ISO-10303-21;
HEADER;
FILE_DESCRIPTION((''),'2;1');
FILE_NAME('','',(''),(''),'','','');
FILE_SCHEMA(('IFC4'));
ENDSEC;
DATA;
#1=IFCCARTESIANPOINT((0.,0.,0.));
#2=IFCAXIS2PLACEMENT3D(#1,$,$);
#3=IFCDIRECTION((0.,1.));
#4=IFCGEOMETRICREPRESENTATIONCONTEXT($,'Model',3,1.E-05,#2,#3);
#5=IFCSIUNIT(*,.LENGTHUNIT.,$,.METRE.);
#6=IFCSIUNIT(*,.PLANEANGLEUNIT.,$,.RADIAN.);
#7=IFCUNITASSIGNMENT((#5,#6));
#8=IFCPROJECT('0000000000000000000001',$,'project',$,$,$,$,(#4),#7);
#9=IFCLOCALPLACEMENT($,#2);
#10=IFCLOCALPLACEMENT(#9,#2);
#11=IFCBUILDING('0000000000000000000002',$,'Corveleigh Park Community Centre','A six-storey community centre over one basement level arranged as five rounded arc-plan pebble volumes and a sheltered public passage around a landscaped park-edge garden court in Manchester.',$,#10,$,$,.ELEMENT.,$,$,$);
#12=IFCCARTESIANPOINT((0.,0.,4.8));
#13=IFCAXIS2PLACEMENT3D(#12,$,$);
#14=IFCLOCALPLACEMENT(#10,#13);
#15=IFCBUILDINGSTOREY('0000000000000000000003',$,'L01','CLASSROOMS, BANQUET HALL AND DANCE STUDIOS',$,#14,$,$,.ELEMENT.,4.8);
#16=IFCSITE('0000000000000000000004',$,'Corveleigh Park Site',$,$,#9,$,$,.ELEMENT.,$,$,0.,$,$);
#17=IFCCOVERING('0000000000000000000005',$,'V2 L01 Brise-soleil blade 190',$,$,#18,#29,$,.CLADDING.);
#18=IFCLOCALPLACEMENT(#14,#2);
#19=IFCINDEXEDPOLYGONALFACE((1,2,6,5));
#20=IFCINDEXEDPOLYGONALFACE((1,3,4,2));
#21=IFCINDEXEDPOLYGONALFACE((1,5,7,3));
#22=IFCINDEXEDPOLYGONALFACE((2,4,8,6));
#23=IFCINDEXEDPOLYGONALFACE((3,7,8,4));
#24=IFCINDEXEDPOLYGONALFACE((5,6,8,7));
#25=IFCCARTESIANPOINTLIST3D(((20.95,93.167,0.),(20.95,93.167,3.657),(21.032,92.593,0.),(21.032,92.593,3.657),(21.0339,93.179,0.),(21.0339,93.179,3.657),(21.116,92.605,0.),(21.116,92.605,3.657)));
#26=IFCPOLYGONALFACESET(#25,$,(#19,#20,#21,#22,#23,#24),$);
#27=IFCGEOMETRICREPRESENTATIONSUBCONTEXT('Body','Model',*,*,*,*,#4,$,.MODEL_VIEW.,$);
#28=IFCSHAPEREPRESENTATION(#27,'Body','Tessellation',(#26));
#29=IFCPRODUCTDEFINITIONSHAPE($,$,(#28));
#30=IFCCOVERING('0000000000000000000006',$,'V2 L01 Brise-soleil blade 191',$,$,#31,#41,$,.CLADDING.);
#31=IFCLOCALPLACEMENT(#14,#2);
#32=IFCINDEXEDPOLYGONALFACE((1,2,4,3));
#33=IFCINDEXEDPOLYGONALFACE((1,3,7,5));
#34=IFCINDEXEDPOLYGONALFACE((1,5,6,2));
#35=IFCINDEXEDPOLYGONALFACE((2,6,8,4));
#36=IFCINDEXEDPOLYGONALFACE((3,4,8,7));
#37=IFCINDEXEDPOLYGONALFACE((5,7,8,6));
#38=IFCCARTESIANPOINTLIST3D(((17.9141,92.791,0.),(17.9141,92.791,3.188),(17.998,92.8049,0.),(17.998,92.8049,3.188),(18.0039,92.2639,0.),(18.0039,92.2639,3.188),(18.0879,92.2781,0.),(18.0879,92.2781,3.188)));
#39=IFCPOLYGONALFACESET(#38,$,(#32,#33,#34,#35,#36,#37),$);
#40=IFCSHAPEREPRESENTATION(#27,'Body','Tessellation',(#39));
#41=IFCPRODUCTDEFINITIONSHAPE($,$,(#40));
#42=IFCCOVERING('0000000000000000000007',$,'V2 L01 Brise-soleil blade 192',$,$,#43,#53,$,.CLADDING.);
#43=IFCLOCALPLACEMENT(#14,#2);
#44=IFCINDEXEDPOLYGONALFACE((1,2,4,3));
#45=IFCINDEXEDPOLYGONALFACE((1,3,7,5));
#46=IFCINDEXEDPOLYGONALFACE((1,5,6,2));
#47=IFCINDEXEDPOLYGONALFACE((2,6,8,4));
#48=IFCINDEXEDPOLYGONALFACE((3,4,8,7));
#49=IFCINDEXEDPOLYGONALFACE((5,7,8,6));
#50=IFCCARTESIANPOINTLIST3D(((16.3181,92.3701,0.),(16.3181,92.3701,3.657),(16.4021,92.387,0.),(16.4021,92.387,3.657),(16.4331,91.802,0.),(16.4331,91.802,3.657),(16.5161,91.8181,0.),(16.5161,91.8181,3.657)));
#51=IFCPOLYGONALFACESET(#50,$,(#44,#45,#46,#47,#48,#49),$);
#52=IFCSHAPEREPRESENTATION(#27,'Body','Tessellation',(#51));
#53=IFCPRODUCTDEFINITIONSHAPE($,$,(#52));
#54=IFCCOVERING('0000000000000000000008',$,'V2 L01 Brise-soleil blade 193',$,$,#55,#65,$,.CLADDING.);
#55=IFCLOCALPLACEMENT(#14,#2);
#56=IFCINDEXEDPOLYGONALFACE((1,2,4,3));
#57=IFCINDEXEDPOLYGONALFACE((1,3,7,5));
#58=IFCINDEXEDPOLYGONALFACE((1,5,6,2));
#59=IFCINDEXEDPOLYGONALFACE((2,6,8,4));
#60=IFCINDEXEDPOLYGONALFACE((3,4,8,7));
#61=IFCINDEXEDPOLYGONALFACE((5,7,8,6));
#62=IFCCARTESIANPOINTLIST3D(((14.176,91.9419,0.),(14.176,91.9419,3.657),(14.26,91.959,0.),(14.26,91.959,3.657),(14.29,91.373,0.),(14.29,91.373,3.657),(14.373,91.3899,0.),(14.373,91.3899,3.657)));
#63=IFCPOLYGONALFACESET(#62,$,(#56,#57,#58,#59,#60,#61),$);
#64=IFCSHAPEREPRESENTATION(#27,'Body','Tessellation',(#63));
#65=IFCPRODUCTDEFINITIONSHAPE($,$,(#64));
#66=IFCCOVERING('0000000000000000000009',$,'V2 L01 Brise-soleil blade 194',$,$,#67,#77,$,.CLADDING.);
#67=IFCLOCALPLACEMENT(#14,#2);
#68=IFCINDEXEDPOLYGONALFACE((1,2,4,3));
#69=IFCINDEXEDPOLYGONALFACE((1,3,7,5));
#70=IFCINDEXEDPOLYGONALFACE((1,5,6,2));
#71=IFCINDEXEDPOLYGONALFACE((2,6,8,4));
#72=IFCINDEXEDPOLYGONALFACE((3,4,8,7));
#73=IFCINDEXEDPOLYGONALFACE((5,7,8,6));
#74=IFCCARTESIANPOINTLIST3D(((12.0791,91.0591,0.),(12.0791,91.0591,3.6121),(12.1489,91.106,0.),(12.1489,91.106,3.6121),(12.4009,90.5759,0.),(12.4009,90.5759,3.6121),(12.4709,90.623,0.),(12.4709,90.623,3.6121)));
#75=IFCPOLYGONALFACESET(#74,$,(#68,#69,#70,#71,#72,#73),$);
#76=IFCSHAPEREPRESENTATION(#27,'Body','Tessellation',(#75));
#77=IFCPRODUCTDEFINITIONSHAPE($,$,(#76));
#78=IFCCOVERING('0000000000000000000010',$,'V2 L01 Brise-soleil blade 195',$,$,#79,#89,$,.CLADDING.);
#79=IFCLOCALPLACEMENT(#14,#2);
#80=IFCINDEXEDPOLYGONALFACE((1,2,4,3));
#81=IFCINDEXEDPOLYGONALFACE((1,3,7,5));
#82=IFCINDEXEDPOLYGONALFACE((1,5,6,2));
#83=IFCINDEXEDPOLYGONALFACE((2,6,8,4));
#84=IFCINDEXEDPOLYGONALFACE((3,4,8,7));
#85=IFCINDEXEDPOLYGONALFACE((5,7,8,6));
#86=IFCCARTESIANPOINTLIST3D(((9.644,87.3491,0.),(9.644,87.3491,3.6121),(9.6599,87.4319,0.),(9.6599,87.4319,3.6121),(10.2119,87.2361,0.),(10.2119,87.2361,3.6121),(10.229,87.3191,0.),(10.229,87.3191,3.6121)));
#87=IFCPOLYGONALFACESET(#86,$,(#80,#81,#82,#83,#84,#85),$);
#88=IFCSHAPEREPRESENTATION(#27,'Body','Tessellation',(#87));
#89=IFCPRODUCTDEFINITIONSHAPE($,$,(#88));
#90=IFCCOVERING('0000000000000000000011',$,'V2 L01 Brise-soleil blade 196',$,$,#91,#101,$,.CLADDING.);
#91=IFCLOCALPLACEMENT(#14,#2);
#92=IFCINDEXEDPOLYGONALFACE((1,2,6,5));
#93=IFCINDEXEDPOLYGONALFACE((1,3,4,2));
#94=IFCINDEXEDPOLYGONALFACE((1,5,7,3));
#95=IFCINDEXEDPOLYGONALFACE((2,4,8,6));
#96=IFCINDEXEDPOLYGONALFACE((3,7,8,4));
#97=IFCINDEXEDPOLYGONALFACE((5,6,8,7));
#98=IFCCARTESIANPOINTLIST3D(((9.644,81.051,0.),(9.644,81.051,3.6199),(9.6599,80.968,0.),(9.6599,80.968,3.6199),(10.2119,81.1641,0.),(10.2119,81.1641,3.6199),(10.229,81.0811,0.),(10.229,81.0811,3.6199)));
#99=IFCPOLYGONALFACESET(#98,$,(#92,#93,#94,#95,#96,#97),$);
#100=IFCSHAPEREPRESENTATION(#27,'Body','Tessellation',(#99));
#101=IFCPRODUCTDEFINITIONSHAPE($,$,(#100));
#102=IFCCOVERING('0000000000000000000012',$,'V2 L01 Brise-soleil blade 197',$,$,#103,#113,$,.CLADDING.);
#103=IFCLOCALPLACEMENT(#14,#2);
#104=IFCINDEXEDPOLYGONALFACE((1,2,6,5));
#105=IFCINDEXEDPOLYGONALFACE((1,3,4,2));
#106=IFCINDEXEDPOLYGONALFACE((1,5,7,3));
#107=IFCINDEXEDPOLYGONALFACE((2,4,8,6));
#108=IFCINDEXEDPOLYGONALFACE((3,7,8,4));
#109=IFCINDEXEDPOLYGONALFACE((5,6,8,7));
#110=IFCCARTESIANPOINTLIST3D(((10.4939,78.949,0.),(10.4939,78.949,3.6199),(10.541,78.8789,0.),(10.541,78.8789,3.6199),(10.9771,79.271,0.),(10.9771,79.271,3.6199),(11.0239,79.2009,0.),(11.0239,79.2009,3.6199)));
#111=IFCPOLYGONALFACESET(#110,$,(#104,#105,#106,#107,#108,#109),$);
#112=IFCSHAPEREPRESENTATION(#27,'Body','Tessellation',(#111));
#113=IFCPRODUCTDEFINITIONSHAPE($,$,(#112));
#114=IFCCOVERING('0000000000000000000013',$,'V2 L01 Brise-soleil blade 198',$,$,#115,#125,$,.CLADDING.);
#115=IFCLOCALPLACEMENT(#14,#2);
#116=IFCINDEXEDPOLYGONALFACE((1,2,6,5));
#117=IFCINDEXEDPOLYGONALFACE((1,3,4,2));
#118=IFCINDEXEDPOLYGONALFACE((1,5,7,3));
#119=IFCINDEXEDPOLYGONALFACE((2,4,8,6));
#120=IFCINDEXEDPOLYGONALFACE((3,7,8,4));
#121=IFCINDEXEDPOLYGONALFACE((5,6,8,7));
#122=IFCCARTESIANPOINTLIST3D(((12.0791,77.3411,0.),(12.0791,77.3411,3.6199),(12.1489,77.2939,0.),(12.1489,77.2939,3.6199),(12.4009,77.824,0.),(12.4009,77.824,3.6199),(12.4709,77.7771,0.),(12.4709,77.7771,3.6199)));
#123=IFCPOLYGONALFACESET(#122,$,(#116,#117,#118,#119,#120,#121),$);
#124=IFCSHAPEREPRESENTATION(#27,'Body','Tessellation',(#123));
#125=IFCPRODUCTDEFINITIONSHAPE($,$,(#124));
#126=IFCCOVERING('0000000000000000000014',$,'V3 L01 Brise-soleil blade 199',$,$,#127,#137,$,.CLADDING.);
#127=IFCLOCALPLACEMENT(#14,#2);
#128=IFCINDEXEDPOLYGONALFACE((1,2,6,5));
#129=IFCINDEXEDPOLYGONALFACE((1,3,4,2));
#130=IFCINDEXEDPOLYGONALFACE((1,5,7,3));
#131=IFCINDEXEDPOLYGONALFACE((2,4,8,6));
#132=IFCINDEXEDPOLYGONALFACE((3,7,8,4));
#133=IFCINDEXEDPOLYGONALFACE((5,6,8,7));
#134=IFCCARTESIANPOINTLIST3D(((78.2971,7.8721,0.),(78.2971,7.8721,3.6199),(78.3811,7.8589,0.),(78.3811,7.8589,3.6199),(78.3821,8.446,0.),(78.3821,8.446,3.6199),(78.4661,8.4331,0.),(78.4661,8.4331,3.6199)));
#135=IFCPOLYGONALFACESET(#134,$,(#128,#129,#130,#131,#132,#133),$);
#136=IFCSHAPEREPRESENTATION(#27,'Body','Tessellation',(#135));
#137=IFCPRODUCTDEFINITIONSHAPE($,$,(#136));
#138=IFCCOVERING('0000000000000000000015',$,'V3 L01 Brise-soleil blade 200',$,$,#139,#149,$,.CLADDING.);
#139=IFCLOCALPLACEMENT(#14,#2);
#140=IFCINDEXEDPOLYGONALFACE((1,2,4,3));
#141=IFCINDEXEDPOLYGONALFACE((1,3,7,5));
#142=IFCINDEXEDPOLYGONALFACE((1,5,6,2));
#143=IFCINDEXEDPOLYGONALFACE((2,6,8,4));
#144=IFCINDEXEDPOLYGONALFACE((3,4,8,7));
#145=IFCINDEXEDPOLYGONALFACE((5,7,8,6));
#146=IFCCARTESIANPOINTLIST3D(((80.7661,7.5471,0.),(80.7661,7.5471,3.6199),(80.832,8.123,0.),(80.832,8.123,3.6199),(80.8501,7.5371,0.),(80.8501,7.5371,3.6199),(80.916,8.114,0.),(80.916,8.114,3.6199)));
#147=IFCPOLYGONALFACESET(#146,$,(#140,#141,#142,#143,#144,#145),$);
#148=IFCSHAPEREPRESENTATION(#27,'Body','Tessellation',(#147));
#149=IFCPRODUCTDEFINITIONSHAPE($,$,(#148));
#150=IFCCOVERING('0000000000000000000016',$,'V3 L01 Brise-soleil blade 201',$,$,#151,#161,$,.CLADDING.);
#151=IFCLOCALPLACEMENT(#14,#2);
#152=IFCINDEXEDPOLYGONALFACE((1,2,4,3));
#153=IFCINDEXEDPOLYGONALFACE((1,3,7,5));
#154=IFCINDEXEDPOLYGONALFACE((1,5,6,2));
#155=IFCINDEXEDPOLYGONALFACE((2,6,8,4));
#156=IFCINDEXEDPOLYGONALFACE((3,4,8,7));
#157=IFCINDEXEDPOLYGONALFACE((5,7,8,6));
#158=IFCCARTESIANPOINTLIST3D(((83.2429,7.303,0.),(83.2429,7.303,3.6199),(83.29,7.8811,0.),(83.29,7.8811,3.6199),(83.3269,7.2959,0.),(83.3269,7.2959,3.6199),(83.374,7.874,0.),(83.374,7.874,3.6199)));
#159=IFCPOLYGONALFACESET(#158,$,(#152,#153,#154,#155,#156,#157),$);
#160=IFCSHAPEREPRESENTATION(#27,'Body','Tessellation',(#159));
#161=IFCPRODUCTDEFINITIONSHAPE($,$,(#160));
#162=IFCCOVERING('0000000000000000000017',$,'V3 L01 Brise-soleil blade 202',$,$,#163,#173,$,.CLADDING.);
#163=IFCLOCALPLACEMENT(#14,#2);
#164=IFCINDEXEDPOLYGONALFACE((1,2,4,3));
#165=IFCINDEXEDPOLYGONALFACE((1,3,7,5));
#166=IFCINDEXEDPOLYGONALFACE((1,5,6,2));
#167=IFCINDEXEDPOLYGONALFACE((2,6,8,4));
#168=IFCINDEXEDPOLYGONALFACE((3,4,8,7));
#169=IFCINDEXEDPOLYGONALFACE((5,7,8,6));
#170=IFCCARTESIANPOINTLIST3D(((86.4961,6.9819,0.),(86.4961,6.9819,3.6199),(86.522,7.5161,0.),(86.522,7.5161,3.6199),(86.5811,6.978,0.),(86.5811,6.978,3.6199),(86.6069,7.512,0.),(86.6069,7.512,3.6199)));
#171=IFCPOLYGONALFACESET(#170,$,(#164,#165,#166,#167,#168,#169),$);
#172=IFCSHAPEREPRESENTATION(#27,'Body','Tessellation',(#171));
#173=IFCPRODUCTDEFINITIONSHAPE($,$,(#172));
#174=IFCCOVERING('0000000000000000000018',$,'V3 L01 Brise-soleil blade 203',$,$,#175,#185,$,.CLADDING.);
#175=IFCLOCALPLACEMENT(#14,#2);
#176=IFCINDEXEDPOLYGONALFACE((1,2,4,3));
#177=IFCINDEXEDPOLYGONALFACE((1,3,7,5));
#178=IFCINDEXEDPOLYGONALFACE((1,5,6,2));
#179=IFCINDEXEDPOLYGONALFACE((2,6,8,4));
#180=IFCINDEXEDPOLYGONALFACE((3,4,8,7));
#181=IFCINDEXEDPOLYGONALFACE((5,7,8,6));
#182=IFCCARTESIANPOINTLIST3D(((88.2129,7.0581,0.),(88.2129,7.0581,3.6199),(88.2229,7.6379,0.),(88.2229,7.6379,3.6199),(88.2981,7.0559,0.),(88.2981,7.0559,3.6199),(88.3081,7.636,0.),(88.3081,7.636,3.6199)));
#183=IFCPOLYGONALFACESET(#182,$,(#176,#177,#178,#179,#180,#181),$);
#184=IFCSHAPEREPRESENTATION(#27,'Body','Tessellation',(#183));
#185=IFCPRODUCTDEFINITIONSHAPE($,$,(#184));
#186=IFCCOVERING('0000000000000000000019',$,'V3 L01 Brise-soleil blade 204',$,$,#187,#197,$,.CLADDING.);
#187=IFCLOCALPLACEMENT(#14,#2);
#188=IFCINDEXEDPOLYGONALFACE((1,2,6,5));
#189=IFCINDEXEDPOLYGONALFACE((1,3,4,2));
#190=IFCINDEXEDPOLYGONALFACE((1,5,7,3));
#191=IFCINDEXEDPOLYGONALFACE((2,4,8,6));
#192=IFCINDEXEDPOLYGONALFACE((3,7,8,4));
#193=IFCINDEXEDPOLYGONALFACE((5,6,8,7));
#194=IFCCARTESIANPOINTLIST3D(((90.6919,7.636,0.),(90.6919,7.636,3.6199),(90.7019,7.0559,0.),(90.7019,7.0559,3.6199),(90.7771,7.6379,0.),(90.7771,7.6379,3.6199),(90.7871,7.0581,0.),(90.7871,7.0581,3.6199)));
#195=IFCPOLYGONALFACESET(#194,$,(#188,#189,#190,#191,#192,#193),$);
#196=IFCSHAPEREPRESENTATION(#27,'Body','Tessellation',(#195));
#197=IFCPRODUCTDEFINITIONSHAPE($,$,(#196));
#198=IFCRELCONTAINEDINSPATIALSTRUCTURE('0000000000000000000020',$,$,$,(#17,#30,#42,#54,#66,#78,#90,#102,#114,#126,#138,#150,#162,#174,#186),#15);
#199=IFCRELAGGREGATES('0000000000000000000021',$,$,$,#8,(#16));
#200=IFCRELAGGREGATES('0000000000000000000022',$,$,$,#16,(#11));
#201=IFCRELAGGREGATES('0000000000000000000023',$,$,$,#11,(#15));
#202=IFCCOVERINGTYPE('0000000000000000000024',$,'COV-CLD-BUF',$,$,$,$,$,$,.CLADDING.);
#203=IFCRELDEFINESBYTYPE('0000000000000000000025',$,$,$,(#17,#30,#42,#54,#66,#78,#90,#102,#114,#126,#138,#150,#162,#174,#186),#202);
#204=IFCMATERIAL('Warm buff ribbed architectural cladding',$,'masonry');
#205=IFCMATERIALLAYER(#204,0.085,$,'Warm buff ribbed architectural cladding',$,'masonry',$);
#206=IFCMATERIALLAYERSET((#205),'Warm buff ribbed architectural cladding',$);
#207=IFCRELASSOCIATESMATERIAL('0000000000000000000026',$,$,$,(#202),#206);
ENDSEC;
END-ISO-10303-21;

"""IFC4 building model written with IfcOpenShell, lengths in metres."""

from ifc_helpers import new_model, si_unit, direction, frame, origin, place, context, subcontext, project, spatial, polyline, outline, extrude, material, layer, layer_set, type_object, element, save


model = new_model("IFC4")

# Units and contexts
model_context = context("Model", 3, precision=1e-05, world=origin(), true_north=direction((0.0, 1.0)))
body_context = subcontext(model_context, "Body", "Model", "MODEL_VIEW")
ifc_project = project(units=[si_unit("LENGTHUNIT", "METRE"), si_unit("PLANEANGLEUNIT", "RADIAN")], contexts=[model_context])

# Site, building, storey
site_placement = place(None, origin())
site = spatial("IfcSite", under=ifc_project, at=site_placement, Name="Corveleigh Park Site", CompositionType="ELEMENT", RefElevation=0.0)
building_placement = place(site_placement, origin())
building = spatial("IfcBuilding", under=site, at=building_placement, Name="Corveleigh Park Community Centre", Description="A six-storey community centre over one basement level arranged as five rounded arc-plan pebble volumes and a sheltered public passage around a landscaped park-edge garden court in Manchester.", CompositionType="ELEMENT")
storey_placement = place(building_placement, frame((0.0, 0.0, 4.8)))
storey = spatial("IfcBuildingStorey", under=building, at=storey_placement, Name="L01", Description="CLASSROOMS, BANQUET HALL AND DANCE STUDIOS", CompositionType="ELEMENT", Elevation=4.8)

# Coverings
ifc_material = material(Name="Warm buff ribbed architectural cladding", Category="masonry")
ifc_layer = layer(ifc_material, 0.085, Name="Warm buff ribbed architectural cladding", Category="masonry")
ifc_layer_set = layer_set([ifc_layer], Name="Warm buff ribbed architectural cladding")
covering_type = type_object("IfcCoveringType", Name="COV-CLD-BUF", PredefinedType="CLADDING", material=ifc_layer_set)
covering_1_placement = place(storey_placement, origin())
element("IfcCovering", 1, at=covering_1_placement, inside=storey, type_object=covering_type, Name="V2 L01 Brise-soleil blade 190", PredefinedType="CLADDING", context=body_context, shape_type="SweptSolid", body=[
    extrude(outline(polyline([(21.032, 92.593), (21.116, 92.605), (21.0339, 93.179), (20.95, 93.167), (21.032, 92.593)])), origin(), (0.0, 0.0, 1.0), 3.657),
])
covering_2_placement = place(storey_placement, origin())
element("IfcCovering", 2, at=covering_2_placement, inside=storey, type_object=covering_type, Name="V2 L01 Brise-soleil blade 191", PredefinedType="CLADDING", context=body_context, shape_type="SweptSolid", body=[
    extrude(outline(polyline([(18.0039, 92.2639), (18.0879, 92.2781), (17.998, 92.8049), (17.9141, 92.791), (18.0039, 92.2639)])), origin(), (0.0, 0.0, 1.0), 3.188),
])
covering_3_placement = place(storey_placement, origin())
element("IfcCovering", 3, at=covering_3_placement, inside=storey, type_object=covering_type, Name="V2 L01 Brise-soleil blade 192", PredefinedType="CLADDING", context=body_context, shape_type="SweptSolid", body=[
    extrude(outline(polyline([(16.4331, 91.802), (16.5161, 91.8181), (16.4021, 92.387), (16.3181, 92.3701), (16.4331, 91.802)])), origin(), (0.0, 0.0, 1.0), 3.657),
])
covering_4_placement = place(storey_placement, origin())
element("IfcCovering", 4, at=covering_4_placement, inside=storey, type_object=covering_type, Name="V2 L01 Brise-soleil blade 193", PredefinedType="CLADDING", context=body_context, shape_type="SweptSolid", body=[
    extrude(outline(polyline([(14.29, 91.373), (14.373, 91.3899), (14.26, 91.959), (14.176, 91.9419), (14.29, 91.373)])), origin(), (0.0, 0.0, 1.0), 3.657),
])
covering_5_placement = place(storey_placement, origin())
element("IfcCovering", 5, at=covering_5_placement, inside=storey, type_object=covering_type, Name="V2 L01 Brise-soleil blade 194", PredefinedType="CLADDING", context=body_context, shape_type="SweptSolid", body=[
    extrude(outline(polyline([(12.4009, 90.5759), (12.4709, 90.623), (12.1489, 91.106), (12.0791, 91.0591), (12.4009, 90.5759)])), origin(), (0.0, 0.0, 1.0), 3.6121),
])
covering_6_placement = place(storey_placement, origin())
element("IfcCovering", 6, at=covering_6_placement, inside=storey, type_object=covering_type, Name="V2 L01 Brise-soleil blade 195", PredefinedType="CLADDING", context=body_context, shape_type="SweptSolid", body=[
    extrude(outline(polyline([(10.2119, 87.2361), (10.229, 87.3191), (9.6599, 87.4319), (9.644, 87.3491), (10.2119, 87.2361)])), origin(), (0.0, 0.0, 1.0), 3.6121),
])
covering_7_placement = place(storey_placement, origin())
element("IfcCovering", 7, at=covering_7_placement, inside=storey, type_object=covering_type, Name="V2 L01 Brise-soleil blade 196", PredefinedType="CLADDING", context=body_context, shape_type="SweptSolid", body=[
    extrude(outline(polyline([(10.229, 81.0811), (10.2119, 81.1641), (9.644, 81.051), (9.6599, 80.968), (10.229, 81.0811)])), origin(), (0.0, 0.0, 1.0), 3.6199),
])
covering_8_placement = place(storey_placement, origin())
element("IfcCovering", 8, at=covering_8_placement, inside=storey, type_object=covering_type, Name="V2 L01 Brise-soleil blade 197", PredefinedType="CLADDING", context=body_context, shape_type="SweptSolid", body=[
    extrude(outline(polyline([(11.0239, 79.2009), (10.9771, 79.271), (10.4939, 78.949), (10.541, 78.8789), (11.0239, 79.2009)])), origin(), (0.0, 0.0, 1.0), 3.6199),
])
covering_9_placement = place(storey_placement, origin())
element("IfcCovering", 9, at=covering_9_placement, inside=storey, type_object=covering_type, Name="V2 L01 Brise-soleil blade 198", PredefinedType="CLADDING", context=body_context, shape_type="SweptSolid", body=[
    extrude(outline(polyline([(12.4709, 77.7771), (12.4009, 77.824), (12.0791, 77.3411), (12.1489, 77.2939), (12.4709, 77.7771)])), origin(), (0.0, 0.0, 1.0), 3.6199),
])
covering_10_placement = place(storey_placement, origin())
element("IfcCovering", 10, at=covering_10_placement, inside=storey, type_object=covering_type, Name="V3 L01 Brise-soleil blade 199", PredefinedType="CLADDING", context=body_context, shape_type="SweptSolid", body=[
    extrude(outline(polyline([(78.4661, 8.4331), (78.3821, 8.446), (78.2971, 7.8721), (78.3811, 7.8589), (78.4661, 8.4331)])), origin(), (0.0, 0.0, 1.0), 3.6199),
])
covering_11_placement = place(storey_placement, origin())
element("IfcCovering", 11, at=covering_11_placement, inside=storey, type_object=covering_type, Name="V3 L01 Brise-soleil blade 200", PredefinedType="CLADDING", context=body_context, shape_type="SweptSolid", body=[
    extrude(outline(polyline([(80.916, 8.114), (80.832, 8.123), (80.7661, 7.5471), (80.8501, 7.5371), (80.916, 8.114)])), origin(), (0.0, 0.0, 1.0), 3.6199),
])
covering_12_placement = place(storey_placement, origin())
element("IfcCovering", 12, at=covering_12_placement, inside=storey, type_object=covering_type, Name="V3 L01 Brise-soleil blade 201", PredefinedType="CLADDING", context=body_context, shape_type="SweptSolid", body=[
    extrude(outline(polyline([(83.374, 7.874), (83.29, 7.8811), (83.2429, 7.303), (83.3269, 7.2959), (83.374, 7.874)])), origin(), (0.0, 0.0, 1.0), 3.6199),
])
covering_13_placement = place(storey_placement, origin())
element("IfcCovering", 13, at=covering_13_placement, inside=storey, type_object=covering_type, Name="V3 L01 Brise-soleil blade 202", PredefinedType="CLADDING", context=body_context, shape_type="SweptSolid", body=[
    extrude(outline(polyline([(86.6069, 7.512), (86.522, 7.5161), (86.4961, 6.9819), (86.5811, 6.978), (86.6069, 7.512)])), origin(), (0.0, 0.0, 1.0), 3.6199),
])
covering_14_placement = place(storey_placement, origin())
element("IfcCovering", 14, at=covering_14_placement, inside=storey, type_object=covering_type, Name="V3 L01 Brise-soleil blade 203", PredefinedType="CLADDING", context=body_context, shape_type="SweptSolid", body=[
    extrude(outline(polyline([(88.3081, 7.636), (88.2229, 7.6379), (88.2129, 7.0581), (88.2981, 7.0559), (88.3081, 7.636)])), origin(), (0.0, 0.0, 1.0), 3.6199),
])
covering_15_placement = place(storey_placement, origin())
element("IfcCovering", 15, at=covering_15_placement, inside=storey, type_object=covering_type, Name="V3 L01 Brise-soleil blade 204", PredefinedType="CLADDING", context=body_context, shape_type="SweptSolid", body=[
    extrude(outline(polyline([(90.7771, 7.6379), (90.6919, 7.636), (90.7019, 7.0559), (90.7871, 7.0581), (90.7771, 7.6379)])), origin(), (0.0, 0.0, 1.0), 3.6199),
])

save(model, "model.ifc")
